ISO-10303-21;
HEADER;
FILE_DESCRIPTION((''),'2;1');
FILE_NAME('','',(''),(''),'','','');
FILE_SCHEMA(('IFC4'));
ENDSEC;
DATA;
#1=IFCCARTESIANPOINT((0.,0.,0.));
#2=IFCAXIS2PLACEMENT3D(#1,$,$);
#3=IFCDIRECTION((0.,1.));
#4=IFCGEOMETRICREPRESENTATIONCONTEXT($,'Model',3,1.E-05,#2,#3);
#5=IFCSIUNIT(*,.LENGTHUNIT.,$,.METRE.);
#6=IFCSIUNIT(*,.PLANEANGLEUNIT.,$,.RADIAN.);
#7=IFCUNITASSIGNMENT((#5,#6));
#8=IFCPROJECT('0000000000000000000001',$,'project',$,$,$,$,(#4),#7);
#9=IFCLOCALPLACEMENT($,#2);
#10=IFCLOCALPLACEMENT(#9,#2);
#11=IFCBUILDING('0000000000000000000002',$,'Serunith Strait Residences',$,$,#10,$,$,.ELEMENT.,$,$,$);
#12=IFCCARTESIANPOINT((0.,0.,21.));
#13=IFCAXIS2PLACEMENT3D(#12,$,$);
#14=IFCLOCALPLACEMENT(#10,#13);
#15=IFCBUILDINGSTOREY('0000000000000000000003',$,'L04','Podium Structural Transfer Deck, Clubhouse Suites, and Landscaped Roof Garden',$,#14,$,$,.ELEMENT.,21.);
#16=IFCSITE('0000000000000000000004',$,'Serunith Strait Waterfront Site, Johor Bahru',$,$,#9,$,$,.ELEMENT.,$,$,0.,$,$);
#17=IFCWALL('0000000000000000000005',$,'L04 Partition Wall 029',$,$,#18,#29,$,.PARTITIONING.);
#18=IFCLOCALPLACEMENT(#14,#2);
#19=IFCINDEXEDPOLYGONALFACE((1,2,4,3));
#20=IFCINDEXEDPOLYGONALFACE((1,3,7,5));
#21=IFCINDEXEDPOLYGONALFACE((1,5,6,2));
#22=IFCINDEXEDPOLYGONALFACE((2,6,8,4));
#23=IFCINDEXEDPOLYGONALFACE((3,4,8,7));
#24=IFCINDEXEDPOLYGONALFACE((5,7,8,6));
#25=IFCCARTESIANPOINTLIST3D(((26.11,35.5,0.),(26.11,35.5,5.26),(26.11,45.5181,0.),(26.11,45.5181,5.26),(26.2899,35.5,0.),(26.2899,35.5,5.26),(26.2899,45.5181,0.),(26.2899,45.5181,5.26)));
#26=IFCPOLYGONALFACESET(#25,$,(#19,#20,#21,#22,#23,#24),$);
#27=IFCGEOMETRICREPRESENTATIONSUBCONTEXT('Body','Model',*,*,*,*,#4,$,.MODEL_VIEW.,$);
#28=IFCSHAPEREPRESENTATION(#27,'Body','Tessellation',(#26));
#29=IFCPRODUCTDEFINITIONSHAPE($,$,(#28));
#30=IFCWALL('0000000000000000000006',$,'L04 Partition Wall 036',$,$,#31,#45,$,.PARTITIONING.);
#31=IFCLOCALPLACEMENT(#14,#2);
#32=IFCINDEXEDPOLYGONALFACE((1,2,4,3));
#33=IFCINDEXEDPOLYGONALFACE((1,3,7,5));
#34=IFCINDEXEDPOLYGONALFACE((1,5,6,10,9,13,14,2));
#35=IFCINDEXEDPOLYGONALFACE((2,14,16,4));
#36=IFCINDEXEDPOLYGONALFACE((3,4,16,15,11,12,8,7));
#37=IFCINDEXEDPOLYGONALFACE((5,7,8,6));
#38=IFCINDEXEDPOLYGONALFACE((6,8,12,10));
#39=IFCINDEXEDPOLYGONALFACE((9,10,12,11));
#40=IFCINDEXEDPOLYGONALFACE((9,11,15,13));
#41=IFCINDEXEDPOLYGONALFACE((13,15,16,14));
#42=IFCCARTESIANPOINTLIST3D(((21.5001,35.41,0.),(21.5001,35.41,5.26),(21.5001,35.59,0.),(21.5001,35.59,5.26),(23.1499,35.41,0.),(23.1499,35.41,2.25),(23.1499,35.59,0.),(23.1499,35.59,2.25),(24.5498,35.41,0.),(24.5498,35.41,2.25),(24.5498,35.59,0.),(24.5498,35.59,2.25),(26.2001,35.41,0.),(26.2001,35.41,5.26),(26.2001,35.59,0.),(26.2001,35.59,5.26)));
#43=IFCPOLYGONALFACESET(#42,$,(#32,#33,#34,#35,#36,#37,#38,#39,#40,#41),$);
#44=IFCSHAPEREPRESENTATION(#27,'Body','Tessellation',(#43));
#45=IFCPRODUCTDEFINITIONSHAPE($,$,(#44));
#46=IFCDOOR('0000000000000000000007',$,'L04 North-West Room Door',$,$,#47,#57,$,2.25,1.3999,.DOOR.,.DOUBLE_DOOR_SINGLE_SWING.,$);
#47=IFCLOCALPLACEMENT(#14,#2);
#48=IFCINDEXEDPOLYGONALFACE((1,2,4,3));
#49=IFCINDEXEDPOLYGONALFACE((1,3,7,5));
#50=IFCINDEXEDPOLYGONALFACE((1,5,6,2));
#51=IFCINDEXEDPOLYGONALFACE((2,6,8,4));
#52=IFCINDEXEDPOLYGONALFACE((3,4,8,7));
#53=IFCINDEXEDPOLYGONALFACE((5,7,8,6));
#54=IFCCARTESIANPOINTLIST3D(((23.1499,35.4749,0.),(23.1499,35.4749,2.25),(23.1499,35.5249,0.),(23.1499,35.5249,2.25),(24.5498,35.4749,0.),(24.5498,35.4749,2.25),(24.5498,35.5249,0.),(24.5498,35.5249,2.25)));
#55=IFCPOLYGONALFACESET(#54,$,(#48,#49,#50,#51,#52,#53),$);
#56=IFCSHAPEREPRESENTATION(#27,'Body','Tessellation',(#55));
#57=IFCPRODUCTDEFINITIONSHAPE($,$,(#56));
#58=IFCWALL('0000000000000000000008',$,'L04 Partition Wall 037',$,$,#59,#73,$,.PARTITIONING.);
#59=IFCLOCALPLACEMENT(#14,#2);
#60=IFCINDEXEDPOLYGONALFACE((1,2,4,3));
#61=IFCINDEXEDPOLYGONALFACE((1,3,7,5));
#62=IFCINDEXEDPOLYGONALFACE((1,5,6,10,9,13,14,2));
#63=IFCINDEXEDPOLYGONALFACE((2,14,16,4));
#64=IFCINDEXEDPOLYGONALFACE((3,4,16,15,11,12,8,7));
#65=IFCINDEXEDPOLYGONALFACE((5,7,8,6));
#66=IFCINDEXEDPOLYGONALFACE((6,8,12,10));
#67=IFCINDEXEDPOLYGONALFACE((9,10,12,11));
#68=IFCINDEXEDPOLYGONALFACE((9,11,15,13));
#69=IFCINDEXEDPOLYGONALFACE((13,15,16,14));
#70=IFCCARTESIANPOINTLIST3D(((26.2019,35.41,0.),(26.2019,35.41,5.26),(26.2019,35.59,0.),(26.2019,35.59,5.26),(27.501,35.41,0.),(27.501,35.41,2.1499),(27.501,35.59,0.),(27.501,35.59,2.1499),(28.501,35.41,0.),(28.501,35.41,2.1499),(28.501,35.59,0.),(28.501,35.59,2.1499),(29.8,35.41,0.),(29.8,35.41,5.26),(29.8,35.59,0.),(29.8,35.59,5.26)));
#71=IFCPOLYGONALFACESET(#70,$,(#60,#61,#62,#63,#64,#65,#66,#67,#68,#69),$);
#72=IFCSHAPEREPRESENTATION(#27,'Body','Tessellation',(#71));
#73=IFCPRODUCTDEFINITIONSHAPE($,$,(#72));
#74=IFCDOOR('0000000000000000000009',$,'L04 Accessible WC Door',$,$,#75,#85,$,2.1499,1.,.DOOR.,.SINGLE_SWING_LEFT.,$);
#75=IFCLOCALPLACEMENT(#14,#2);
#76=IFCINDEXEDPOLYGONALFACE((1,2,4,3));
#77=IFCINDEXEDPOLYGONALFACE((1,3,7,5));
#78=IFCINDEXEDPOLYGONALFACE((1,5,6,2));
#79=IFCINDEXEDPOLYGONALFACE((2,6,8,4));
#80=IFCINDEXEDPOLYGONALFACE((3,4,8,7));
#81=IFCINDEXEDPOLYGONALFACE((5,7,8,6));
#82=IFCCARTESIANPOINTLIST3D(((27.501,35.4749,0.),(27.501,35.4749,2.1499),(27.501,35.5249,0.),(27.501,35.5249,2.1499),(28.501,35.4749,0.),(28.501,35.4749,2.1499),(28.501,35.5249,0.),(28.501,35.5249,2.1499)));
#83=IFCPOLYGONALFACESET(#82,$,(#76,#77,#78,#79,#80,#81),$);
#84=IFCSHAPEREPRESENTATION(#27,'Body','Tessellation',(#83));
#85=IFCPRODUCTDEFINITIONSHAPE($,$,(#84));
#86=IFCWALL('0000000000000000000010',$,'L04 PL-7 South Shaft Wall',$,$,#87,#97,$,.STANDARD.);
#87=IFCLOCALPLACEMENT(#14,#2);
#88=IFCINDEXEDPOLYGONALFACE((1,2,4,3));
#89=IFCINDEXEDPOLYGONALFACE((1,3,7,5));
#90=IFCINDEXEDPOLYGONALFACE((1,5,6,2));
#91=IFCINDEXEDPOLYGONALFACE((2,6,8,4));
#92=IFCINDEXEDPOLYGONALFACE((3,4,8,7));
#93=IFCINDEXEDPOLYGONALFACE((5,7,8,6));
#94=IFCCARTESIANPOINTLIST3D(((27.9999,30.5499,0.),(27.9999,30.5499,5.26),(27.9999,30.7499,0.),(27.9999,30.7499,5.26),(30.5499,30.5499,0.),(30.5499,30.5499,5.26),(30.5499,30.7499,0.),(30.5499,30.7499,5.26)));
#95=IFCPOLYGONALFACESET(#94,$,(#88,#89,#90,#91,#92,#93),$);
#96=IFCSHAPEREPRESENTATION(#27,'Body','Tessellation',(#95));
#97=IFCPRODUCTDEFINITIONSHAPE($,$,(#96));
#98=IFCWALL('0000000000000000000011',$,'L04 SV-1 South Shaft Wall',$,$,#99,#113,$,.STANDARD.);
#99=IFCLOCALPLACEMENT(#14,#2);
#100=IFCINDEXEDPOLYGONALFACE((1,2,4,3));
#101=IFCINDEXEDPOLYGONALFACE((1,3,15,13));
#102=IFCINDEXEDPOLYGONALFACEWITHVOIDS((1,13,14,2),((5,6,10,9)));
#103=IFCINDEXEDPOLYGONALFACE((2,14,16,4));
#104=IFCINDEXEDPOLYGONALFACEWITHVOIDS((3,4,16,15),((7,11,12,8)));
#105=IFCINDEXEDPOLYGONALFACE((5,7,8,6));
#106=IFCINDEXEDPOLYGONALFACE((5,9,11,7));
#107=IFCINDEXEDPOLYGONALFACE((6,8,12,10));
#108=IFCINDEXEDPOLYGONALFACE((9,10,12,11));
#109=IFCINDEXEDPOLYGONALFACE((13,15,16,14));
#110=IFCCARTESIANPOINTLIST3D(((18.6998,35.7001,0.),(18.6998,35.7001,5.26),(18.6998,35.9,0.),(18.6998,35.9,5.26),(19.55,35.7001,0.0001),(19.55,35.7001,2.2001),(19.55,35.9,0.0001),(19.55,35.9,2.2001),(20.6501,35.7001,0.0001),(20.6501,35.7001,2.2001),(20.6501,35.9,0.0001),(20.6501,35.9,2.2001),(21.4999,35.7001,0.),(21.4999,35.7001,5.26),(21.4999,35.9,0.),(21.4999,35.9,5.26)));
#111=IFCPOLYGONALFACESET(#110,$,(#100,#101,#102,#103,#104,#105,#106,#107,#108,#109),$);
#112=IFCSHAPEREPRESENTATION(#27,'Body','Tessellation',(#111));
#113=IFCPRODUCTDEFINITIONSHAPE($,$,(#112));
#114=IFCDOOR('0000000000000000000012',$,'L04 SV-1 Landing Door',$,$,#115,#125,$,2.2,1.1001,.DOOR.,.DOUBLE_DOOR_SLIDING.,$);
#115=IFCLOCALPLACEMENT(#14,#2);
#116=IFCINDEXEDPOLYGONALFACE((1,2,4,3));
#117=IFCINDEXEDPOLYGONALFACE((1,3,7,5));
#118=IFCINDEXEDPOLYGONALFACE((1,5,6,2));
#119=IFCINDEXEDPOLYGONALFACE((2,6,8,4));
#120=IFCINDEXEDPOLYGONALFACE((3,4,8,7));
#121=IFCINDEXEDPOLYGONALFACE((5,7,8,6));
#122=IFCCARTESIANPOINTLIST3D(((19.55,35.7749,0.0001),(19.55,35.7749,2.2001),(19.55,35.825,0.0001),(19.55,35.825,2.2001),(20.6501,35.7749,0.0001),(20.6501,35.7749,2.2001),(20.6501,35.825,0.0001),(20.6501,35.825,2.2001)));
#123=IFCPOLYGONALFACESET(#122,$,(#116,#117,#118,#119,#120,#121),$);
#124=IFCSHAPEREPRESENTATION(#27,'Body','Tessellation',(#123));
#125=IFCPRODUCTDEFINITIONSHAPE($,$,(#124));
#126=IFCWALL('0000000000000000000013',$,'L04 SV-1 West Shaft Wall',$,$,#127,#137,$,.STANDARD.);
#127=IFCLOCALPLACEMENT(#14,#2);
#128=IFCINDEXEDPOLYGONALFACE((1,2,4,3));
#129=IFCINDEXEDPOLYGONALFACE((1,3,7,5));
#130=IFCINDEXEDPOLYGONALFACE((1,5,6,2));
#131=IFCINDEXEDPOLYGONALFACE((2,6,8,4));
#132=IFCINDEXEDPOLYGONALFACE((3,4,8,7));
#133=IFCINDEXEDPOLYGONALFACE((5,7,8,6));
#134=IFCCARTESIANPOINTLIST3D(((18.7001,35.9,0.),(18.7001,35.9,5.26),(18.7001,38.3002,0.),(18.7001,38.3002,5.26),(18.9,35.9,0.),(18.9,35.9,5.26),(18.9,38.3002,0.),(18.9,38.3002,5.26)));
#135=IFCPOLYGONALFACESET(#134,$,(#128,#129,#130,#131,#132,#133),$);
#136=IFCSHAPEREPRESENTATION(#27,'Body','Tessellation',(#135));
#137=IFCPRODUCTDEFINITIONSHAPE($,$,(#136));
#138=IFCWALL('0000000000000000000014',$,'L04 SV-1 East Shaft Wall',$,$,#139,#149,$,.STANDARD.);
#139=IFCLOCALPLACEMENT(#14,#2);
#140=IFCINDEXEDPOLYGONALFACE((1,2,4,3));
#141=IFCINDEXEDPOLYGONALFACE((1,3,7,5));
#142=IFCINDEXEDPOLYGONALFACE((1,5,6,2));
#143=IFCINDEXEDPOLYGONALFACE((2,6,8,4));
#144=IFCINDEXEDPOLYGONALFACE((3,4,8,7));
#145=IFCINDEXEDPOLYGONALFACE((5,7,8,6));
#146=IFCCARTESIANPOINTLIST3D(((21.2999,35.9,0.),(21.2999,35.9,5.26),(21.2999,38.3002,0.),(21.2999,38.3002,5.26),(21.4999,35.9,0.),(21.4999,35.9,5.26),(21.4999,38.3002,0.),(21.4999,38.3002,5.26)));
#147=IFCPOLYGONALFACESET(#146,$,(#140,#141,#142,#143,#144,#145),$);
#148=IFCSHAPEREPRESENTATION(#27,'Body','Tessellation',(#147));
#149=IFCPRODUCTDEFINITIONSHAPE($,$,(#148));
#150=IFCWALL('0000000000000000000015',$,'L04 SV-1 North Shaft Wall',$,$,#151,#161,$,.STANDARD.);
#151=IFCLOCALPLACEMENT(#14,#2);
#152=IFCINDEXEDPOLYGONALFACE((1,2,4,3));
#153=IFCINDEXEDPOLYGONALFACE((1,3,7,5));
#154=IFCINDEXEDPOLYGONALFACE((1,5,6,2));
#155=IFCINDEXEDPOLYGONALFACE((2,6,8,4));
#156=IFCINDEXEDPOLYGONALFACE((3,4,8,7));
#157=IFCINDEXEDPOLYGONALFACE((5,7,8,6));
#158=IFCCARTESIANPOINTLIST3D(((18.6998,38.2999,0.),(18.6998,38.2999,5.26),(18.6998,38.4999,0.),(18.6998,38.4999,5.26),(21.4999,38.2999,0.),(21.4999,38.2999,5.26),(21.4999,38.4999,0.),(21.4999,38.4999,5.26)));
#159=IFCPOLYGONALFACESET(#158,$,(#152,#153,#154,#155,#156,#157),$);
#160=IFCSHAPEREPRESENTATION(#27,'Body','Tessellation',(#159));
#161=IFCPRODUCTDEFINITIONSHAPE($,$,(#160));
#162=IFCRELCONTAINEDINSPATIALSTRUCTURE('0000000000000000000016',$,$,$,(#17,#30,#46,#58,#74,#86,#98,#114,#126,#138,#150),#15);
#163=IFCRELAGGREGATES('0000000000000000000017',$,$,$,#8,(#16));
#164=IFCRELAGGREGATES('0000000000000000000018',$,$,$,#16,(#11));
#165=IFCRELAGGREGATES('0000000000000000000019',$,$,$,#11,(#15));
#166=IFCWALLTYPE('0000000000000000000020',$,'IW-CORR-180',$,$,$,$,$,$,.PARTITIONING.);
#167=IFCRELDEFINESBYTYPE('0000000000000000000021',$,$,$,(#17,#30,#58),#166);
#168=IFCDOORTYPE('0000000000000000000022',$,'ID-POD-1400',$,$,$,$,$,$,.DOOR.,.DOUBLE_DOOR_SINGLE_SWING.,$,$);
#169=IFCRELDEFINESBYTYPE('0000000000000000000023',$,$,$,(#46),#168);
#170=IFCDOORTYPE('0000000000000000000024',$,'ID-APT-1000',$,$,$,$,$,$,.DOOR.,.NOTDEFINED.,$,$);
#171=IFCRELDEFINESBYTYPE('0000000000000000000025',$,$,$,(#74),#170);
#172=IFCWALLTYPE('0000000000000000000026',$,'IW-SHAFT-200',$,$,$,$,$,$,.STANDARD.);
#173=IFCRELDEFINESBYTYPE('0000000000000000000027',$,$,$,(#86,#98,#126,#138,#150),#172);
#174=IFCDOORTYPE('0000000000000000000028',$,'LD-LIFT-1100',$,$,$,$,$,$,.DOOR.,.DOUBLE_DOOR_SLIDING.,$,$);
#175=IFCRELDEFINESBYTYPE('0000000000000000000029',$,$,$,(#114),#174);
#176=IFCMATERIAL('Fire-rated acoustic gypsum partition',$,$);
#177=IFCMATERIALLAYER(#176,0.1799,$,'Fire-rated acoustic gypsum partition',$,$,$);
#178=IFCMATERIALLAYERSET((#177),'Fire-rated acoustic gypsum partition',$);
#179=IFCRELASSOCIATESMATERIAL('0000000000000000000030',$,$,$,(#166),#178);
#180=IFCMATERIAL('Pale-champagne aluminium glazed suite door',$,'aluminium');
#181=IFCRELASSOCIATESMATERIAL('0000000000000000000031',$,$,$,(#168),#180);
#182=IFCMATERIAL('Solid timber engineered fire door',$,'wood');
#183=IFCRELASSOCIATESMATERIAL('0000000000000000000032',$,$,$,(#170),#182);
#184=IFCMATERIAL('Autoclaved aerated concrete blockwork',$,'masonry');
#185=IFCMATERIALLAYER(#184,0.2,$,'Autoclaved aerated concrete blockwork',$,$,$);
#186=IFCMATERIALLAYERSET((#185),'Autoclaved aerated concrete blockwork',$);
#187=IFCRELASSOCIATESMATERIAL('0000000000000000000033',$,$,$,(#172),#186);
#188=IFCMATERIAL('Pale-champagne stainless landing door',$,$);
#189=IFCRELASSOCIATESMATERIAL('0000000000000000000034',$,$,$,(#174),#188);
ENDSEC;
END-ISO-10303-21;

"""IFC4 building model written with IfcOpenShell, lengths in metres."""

from ifc_helpers import new_model, si_unit, direction, frame, frame_2d, origin, place, context, subcontext, project, spatial, rectangle, extrude, source, transform, mapped, material, layer, layer_set, type_object, element, fill, save


model = new_model("IFC4")

# Units and contexts
model_context = context("Model", 3, precision=1e-05, world=origin(), true_north=direction((0.0, 1.0)))
body_context = subcontext(model_context, "Body", "Model", "MODEL_VIEW")
ifc_project = project(units=[si_unit("LENGTHUNIT", "METRE"), si_unit("PLANEANGLEUNIT", "RADIAN")], contexts=[model_context])

# Site, building, storey
site_placement = place(None, origin())
site = spatial("IfcSite", under=ifc_project, at=site_placement, Name="Serunith Strait Waterfront Site, Johor Bahru", CompositionType="ELEMENT", RefElevation=0.0)
building_placement = place(site_placement, origin())
building = spatial("IfcBuilding", under=site, at=building_placement, Name="Serunith Strait Residences", CompositionType="ELEMENT")
storey_placement = place(building_placement, frame((0.0, 0.0, 21.0)))
storey = spatial("IfcBuildingStorey", under=building, at=storey_placement, Name="L04", Description="Podium Structural Transfer Deck, Clubhouse Suites, and Landscaped Roof Garden", CompositionType="ELEMENT", Elevation=21.0)

# Wall
ifc_material_1 = material(Name="Fire-rated acoustic gypsum partition")
ifc_layer_1 = layer(ifc_material_1, 0.1799, Name="Fire-rated acoustic gypsum partition")
ifc_layer_set_1 = layer_set([ifc_layer_1], Name="Fire-rated acoustic gypsum partition")
wall_type_1 = type_object("IfcWallType", Name="IW-CORR-180", PredefinedType="PARTITIONING", material=ifc_layer_set_1)
wall_1_placement = place(storey_placement, frame((26.2, 35.5, 0.0), z_axis=(0.0, 0.0, 1.0), x_axis=(0.0, 1.0, 0.0)))
element("IfcWall", 1, at=wall_1_placement, inside=storey, type_object=wall_type_1, Name="L04 Partition Wall 029", PredefinedType="PARTITIONING", context=body_context, shape_type="SweptSolid", body=[
    extrude(rectangle(XDim=10.0181, YDim=0.1799, at=frame_2d((5.009, 0.0))), origin(), (0.0, 0.0, 1.0), 5.26),
])

# Walls, openings, doors
wall_2_placement = place(storey_placement, frame((21.5, 35.5, 0.0), z_axis=(0.0, 0.0, 1.0), x_axis=(1.0, 0.0, 0.0)))
wall_2 = element("IfcWall", 2, at=wall_2_placement, inside=storey, type_object=wall_type_1, Name="L04 Partition Wall 036", PredefinedType="PARTITIONING", context=body_context, shape_type="SweptSolid", body=[
    extrude(rectangle(XDim=4.7, YDim=0.1799, at=frame_2d((2.3501, 0.0))), origin(), (0.0, 0.0, 1.0), 5.26),
])
opening_1_placement = place(wall_2_placement, frame((1.6499, 0.0, 0.0)))
opening_1 = element("IfcOpeningElement", 3, at=opening_1_placement, cuts=wall_2, PredefinedType="OPENING", context=body_context, shape_type="SweptSolid", body=[
    extrude(rectangle(XDim=1.3999, YDim=2.25, at=frame_2d((0.7, 1.125))), frame((0.0, 0.1001, 0.0), z_axis=(0.0, -1.0, 0.0), x_axis=(1.0, 0.0, 0.0)), (0.0, 0.0, 1.0), 0.2),
])
ifc_material_2 = material(Name="Pale-champagne aluminium glazed suite door", Category="aluminium")
door_type_1 = type_object("IfcDoorType", Name="ID-POD-1400", OperationType="DOUBLE_DOOR_SINGLE_SWING", PredefinedType="DOOR", material=ifc_material_2)
shared_shape_1 = source(origin(), body_context, "Body", "SweptSolid", [
    extrude(rectangle(XDim=1.3999, YDim=2.25, at=frame_2d((0.7, 1.125))), frame((0.0, 0.0249, 0.0), z_axis=(0.0, -1.0, 0.0), x_axis=(1.0, 0.0, 0.0)), (0.0, 0.0, 1.0), 0.05),
])
door_1_placement = place(opening_1_placement, origin())
door_1 = element("IfcDoor", 4, at=door_1_placement, inside=storey, type_object=door_type_1, Name="L04 North-West Room Door", OperationType="DOUBLE_DOOR_SINGLE_SWING", OverallHeight=2.25, OverallWidth=1.3999, PredefinedType="DOOR", context=body_context, shape_type="MappedRepresentation", body=[
    mapped(shared_shape_1, transform((0.0, 0.0, 0.0), scale=1.0)),
])
fill(opening_1, door_1)
wall_3_placement = place(storey_placement, frame((26.2019, 35.5, 0.0), z_axis=(0.0, 0.0, 1.0), x_axis=(1.0, 0.0, 0.0)))
wall_3 = element("IfcWall", 5, at=wall_3_placement, inside=storey, type_object=wall_type_1, Name="L04 Partition Wall 037", PredefinedType="PARTITIONING", context=body_context, shape_type="SweptSolid", body=[
    extrude(rectangle(XDim=3.5981, YDim=0.1799, at=frame_2d((1.7991, 0.0))), origin(), (0.0, 0.0, 1.0), 5.26),
])
opening_2_placement = place(wall_3_placement, frame((1.2991, 0.0, 0.0)))
opening_2 = element("IfcOpeningElement", 6, at=opening_2_placement, cuts=wall_3, PredefinedType="OPENING", context=body_context, shape_type="SweptSolid", body=[
    extrude(rectangle(XDim=1.0, YDim=2.1499, at=frame_2d((0.5, 1.075))), frame((0.0, 0.1001, 0.0), z_axis=(0.0, -1.0, 0.0), x_axis=(1.0, 0.0, 0.0)), (0.0, 0.0, 1.0), 0.2),
])
ifc_material_3 = material(Name="Solid timber engineered fire door", Category="wood")
door_type_2 = type_object("IfcDoorType", Name="ID-APT-1000", OperationType="NOTDEFINED", PredefinedType="DOOR", material=ifc_material_3)
shared_shape_2 = source(origin(), body_context, "Body", "SweptSolid", [
    extrude(rectangle(XDim=1.0, YDim=2.1499, at=frame_2d((0.5, 1.075))), frame((0.0, 0.0249, 0.0), z_axis=(0.0, -1.0, 0.0), x_axis=(1.0, 0.0, 0.0)), (0.0, 0.0, 1.0), 0.05),
])
door_2_placement = place(opening_2_placement, origin())
door_2 = element("IfcDoor", 7, at=door_2_placement, inside=storey, type_object=door_type_2, Name="L04 Accessible WC Door", OperationType="SINGLE_SWING_LEFT", OverallHeight=2.1499, OverallWidth=1.0, PredefinedType="DOOR", context=body_context, shape_type="MappedRepresentation", body=[
    mapped(shared_shape_2, transform((0.0, 0.0, 0.0), scale=1.0)),
])
fill(opening_2, door_2)

# Wall
ifc_material_4 = material(Name="Autoclaved aerated concrete blockwork", Category="masonry")
ifc_layer_2 = layer(ifc_material_4, 0.2, Name="Autoclaved aerated concrete blockwork")
ifc_layer_set_2 = layer_set([ifc_layer_2], Name="Autoclaved aerated concrete blockwork")
wall_type_2 = type_object("IfcWallType", Name="IW-SHAFT-200", PredefinedType="STANDARD", material=ifc_layer_set_2)
wall_4_placement = place(storey_placement, frame((28.0, 30.6499, 0.0), z_axis=(0.0, 0.0, 1.0), x_axis=(1.0, 0.0, 0.0)))
element("IfcWall", 8, at=wall_4_placement, inside=storey, type_object=wall_type_2, Name="L04 PL-7 South Shaft Wall", PredefinedType="STANDARD", context=body_context, shape_type="SweptSolid", body=[
    extrude(rectangle(XDim=2.55, YDim=0.2, at=frame_2d((1.2749, 0.0))), origin(), (0.0, 0.0, 1.0), 5.26),
])

# Wall, opening, door
wall_5_placement = place(storey_placement, frame((18.7, 35.8, 0.0), z_axis=(0.0, 0.0, 1.0), x_axis=(1.0, 0.0, 0.0)))
wall_5 = element("IfcWall", 9, at=wall_5_placement, inside=storey, type_object=wall_type_2, Name="L04 SV-1 South Shaft Wall", PredefinedType="STANDARD", context=body_context, shape_type="SweptSolid", body=[
    extrude(rectangle(XDim=2.8, YDim=0.2, at=frame_2d((1.3999, 0.0))), origin(), (0.0, 0.0, 1.0), 5.26),
])
opening_3_placement = place(wall_5_placement, frame((0.8501, 0.0, 0.0)))
opening_3 = element("IfcOpeningElement", 10, at=opening_3_placement, cuts=wall_5, PredefinedType="OPENING", context=body_context, shape_type="SweptSolid", body=[
    extrude(rectangle(XDim=1.1001, YDim=2.2, at=frame_2d((0.55, 1.1001))), frame((0.0, 0.1099, 0.0), z_axis=(0.0, -1.0, 0.0), x_axis=(1.0, 0.0, 0.0)), (0.0, 0.0, 1.0), 0.22),
])
ifc_material_5 = material(Name="Pale-champagne stainless landing door")
door_type_3 = type_object("IfcDoorType", Name="LD-LIFT-1100", OperationType="DOUBLE_DOOR_SLIDING", PredefinedType="DOOR", material=ifc_material_5)
shared_shape_3 = source(origin(), body_context, "Body", "SweptSolid", [
    extrude(rectangle(XDim=1.1001, YDim=2.2, at=frame_2d((0.55, 1.1001))), frame((0.0, 0.0249, 0.0), z_axis=(0.0, -1.0, 0.0), x_axis=(1.0, 0.0, 0.0)), (0.0, 0.0, 1.0), 0.05),
])
door_3_placement = place(opening_3_placement, origin())
door_3 = element("IfcDoor", 11, at=door_3_placement, inside=storey, type_object=door_type_3, Name="L04 SV-1 Landing Door", OperationType="DOUBLE_DOOR_SLIDING", OverallHeight=2.2, OverallWidth=1.1001, PredefinedType="DOOR", context=body_context, shape_type="MappedRepresentation", body=[
    mapped(shared_shape_3, transform((0.0, 0.0, 0.0), scale=1.0)),
])
fill(opening_3, door_3)

# Walls
for number, where, z_axis, x_axis, name in (
    (12, (18.8, 35.8999, 0.0), (0.0, 0.0, 1.0), (0.0, 1.0, 0.0), "L04 SV-1 West Shaft Wall"),
    (13, (21.3999, 35.8999, 0.0), (0.0, 0.0, 1.0), (0.0, 1.0, 0.0), "L04 SV-1 East Shaft Wall"),
):
    element("IfcWall", number, at=place(storey_placement, frame(where, z_axis=z_axis, x_axis=x_axis)), inside=storey, type_object=wall_type_2, Name=name, PredefinedType="STANDARD", context=body_context, shape_type="SweptSolid", body=[
        extrude(rectangle(XDim=2.4001, YDim=0.2, at=frame_2d((1.2002, 0.0))), origin(), (0.0, 0.0, 1.0), 5.26),
    ])
wall_6_placement = place(storey_placement, frame((18.7, 38.3999, 0.0), z_axis=(0.0, 0.0, 1.0), x_axis=(1.0, 0.0, 0.0)))
element("IfcWall", 14, at=wall_6_placement, inside=storey, type_object=wall_type_2, Name="L04 SV-1 North Shaft Wall", PredefinedType="STANDARD", context=body_context, shape_type="SweptSolid", body=[
    extrude(rectangle(XDim=2.8, YDim=0.2, at=frame_2d((1.3999, 0.0))), origin(), (0.0, 0.0, 1.0), 5.26),
])

save(model, "model.ifc")
